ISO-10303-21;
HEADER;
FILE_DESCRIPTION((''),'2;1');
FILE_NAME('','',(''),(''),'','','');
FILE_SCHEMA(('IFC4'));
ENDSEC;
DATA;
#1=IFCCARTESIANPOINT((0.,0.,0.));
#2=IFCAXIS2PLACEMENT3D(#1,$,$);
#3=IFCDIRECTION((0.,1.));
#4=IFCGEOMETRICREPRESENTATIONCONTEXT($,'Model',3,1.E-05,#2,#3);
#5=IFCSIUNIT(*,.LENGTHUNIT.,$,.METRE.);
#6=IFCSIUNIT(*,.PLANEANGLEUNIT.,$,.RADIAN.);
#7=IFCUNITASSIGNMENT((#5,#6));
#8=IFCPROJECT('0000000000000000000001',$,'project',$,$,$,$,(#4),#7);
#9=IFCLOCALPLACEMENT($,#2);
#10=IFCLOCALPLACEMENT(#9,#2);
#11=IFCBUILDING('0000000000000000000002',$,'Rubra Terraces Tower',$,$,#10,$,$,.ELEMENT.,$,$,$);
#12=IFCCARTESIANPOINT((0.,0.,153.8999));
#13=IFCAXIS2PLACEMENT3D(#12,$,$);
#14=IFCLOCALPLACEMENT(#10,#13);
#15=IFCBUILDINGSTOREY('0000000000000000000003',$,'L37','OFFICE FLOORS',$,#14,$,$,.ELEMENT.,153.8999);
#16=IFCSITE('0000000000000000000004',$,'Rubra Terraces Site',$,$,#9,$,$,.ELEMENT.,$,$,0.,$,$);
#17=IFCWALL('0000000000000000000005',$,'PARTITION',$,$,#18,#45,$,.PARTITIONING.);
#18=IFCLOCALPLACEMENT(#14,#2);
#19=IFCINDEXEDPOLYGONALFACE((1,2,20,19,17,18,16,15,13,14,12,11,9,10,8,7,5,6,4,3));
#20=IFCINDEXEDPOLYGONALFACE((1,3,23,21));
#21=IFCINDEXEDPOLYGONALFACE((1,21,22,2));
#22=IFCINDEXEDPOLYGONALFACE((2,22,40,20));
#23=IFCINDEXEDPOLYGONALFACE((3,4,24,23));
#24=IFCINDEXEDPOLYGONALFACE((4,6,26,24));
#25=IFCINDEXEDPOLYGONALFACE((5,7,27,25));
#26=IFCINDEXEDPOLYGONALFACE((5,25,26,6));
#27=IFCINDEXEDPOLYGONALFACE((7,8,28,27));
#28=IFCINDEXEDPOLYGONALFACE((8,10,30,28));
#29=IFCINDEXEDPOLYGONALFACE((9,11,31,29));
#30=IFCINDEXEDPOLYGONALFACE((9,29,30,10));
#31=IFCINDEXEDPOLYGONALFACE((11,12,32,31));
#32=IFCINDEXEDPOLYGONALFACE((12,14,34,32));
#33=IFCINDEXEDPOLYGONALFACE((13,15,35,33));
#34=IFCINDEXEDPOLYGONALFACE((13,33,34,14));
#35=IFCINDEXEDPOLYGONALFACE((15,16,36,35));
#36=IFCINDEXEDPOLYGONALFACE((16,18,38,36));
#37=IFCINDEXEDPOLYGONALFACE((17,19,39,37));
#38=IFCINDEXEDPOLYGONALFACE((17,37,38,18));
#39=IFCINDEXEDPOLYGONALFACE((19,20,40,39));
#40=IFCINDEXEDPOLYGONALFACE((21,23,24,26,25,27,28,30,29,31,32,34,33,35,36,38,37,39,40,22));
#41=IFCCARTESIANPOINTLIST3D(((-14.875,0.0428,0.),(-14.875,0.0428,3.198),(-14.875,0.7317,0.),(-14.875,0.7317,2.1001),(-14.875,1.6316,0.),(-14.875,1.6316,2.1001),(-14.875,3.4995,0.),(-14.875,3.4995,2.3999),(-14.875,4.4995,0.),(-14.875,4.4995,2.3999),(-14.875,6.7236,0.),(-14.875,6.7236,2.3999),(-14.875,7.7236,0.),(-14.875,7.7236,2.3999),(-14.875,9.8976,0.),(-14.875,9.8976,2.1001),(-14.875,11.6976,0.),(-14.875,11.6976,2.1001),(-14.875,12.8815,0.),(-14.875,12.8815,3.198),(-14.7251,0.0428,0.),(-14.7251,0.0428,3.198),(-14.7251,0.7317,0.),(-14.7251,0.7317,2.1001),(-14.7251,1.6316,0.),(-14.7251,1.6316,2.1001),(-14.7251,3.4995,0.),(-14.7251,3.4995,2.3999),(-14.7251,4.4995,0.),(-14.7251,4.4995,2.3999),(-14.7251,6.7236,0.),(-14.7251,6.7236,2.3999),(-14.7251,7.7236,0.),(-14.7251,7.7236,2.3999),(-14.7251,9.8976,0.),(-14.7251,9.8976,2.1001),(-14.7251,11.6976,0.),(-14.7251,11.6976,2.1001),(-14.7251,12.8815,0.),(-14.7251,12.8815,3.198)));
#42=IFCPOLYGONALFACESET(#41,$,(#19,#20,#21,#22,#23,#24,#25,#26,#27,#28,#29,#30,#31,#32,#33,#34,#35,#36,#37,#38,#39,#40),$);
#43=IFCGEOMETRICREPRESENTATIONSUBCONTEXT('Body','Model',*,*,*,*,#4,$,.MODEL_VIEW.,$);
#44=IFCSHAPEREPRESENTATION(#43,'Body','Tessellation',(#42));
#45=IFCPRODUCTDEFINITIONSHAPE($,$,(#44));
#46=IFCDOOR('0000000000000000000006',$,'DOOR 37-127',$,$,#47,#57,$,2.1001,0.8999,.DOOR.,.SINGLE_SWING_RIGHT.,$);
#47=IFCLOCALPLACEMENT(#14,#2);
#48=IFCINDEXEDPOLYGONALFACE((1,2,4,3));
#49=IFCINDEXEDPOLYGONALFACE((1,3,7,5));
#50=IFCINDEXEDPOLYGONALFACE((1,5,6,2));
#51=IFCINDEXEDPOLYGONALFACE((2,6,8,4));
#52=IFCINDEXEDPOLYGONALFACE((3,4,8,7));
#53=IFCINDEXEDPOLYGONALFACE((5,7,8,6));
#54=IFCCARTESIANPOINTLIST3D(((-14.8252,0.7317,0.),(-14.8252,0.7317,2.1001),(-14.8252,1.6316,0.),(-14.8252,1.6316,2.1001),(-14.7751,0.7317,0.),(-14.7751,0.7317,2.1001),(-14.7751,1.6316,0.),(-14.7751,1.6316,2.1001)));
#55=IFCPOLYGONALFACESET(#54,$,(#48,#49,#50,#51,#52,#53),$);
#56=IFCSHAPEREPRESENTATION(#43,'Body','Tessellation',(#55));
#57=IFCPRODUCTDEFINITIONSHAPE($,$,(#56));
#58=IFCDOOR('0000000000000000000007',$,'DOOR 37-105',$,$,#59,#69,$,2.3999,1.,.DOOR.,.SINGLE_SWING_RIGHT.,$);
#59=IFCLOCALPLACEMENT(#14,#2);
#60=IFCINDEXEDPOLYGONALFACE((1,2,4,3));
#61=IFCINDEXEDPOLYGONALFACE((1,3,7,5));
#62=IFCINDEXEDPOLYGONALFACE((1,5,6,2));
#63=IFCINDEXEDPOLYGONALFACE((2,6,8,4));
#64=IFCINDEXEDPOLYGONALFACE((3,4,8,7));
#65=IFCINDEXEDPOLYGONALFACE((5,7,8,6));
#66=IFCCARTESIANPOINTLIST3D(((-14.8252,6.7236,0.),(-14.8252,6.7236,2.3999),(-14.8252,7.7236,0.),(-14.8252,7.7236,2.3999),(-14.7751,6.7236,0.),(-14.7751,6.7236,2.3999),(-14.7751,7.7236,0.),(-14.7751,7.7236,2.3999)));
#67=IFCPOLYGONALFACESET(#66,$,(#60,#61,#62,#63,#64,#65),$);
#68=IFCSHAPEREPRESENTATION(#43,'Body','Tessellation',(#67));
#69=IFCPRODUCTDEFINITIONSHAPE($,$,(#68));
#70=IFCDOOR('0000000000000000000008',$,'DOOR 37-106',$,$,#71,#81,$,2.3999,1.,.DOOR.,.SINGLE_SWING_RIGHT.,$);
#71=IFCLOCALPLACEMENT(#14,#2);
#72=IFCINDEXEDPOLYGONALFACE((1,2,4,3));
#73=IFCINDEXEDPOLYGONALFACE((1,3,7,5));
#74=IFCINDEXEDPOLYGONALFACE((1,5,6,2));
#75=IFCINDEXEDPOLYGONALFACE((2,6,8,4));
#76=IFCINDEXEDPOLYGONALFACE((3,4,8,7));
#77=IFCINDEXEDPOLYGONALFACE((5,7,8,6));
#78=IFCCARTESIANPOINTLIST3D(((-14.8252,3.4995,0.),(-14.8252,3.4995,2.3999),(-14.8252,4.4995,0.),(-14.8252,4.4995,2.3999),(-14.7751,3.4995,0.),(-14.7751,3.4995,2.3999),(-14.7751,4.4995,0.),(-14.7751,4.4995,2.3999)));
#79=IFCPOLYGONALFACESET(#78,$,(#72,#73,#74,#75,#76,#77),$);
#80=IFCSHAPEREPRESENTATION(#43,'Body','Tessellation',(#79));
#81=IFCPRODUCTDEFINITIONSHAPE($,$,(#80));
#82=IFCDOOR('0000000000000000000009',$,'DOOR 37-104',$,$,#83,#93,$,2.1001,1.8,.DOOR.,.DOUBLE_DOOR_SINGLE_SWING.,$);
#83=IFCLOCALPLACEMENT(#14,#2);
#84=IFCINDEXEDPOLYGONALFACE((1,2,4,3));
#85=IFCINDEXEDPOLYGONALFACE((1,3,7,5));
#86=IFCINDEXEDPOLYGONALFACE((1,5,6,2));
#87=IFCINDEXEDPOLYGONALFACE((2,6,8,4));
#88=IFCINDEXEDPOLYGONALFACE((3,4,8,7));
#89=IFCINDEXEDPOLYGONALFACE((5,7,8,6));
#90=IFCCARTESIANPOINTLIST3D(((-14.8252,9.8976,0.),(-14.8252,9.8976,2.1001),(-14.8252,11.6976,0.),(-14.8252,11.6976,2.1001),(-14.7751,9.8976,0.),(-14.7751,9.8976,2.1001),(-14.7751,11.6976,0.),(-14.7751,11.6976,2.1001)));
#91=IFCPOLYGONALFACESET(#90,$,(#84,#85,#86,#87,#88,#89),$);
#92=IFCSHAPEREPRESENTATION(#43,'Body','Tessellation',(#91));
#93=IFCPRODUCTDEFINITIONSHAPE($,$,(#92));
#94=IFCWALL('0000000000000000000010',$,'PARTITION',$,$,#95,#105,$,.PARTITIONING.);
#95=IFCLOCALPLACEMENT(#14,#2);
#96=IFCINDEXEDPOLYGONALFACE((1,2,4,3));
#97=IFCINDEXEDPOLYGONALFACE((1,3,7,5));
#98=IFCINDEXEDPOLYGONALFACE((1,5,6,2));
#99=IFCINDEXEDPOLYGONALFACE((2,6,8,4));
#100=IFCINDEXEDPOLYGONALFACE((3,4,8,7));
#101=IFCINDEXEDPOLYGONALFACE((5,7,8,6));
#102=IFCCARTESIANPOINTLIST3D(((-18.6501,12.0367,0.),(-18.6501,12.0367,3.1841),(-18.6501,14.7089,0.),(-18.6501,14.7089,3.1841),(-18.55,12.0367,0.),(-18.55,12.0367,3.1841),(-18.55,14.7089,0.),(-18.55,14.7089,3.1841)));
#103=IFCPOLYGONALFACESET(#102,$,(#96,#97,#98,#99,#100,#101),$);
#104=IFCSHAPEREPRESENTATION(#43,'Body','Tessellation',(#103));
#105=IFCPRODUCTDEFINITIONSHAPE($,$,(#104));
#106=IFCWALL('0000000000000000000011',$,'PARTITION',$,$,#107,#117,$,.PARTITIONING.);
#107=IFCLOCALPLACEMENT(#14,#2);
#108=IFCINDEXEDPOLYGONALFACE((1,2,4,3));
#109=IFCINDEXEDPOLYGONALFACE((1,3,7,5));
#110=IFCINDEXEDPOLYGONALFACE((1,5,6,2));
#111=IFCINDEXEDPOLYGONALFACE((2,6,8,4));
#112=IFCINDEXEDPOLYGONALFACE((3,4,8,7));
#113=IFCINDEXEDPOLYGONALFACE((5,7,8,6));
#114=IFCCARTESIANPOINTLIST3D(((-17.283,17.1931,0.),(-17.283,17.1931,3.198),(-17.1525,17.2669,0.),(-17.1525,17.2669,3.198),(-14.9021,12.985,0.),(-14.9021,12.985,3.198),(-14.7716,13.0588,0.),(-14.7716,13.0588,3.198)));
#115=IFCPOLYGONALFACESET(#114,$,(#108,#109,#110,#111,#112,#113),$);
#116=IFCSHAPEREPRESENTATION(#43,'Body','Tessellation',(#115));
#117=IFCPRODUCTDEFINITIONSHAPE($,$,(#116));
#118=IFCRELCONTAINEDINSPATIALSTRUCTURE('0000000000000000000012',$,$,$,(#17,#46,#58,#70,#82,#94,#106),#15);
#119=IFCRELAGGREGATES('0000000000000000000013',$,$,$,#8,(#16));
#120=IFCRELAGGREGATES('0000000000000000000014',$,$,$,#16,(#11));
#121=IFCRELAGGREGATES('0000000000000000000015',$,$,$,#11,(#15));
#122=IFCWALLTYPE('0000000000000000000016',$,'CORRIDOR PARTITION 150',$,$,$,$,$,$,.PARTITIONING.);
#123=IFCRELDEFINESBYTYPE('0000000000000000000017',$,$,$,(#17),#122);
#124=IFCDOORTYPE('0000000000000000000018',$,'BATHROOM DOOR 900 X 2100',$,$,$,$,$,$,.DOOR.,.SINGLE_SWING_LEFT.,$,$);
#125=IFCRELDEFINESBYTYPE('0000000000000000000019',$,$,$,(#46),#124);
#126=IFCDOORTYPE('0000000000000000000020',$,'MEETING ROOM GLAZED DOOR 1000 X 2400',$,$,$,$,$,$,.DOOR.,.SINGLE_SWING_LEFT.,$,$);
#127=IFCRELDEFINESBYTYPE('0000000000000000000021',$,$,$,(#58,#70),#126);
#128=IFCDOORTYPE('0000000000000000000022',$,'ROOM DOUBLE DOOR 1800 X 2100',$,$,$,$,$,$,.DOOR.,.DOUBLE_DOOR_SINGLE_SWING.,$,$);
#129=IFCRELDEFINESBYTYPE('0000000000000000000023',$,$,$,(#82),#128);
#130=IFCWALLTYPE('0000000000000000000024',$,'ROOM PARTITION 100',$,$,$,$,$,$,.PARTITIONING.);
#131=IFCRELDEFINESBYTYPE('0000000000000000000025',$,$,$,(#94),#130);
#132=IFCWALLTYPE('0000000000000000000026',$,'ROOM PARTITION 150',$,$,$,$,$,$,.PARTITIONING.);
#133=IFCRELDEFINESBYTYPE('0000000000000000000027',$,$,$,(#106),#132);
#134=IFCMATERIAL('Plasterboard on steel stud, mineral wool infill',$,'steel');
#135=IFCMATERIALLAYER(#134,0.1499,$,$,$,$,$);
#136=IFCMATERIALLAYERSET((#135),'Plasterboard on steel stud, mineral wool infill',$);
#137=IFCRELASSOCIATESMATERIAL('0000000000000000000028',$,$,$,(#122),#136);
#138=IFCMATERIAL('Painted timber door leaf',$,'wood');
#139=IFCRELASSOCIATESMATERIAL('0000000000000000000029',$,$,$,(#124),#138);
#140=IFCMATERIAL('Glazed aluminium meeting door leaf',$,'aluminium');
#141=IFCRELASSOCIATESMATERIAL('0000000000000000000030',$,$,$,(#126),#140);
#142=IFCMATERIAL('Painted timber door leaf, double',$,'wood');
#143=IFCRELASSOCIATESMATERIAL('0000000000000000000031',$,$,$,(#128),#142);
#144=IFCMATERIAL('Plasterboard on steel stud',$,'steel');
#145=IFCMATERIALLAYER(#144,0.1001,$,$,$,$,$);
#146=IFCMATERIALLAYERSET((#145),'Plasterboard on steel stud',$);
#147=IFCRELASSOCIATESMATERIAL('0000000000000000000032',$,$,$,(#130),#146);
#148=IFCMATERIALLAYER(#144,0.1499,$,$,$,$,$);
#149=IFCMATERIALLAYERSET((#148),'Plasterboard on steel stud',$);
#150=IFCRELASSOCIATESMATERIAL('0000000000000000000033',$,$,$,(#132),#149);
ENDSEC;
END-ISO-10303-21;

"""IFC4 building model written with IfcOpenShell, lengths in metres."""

from ifc_helpers import new_model, si_unit, direction, frame, frame_2d, origin, place, context, subcontext, project, spatial, rectangle, extrude, material, layer, layer_set, type_object, element, fill, save


model = new_model("IFC4")

# Units and contexts
model_context = context("Model", 3, precision=1e-05, world=origin(), true_north=direction((0.0, 1.0)))
body_context = subcontext(model_context, "Body", "Model", "MODEL_VIEW")
ifc_project = project(units=[si_unit("LENGTHUNIT", "METRE"), si_unit("PLANEANGLEUNIT", "RADIAN")], contexts=[model_context])

# Site, building, storey
site_placement = place(None, origin())
site = spatial("IfcSite", under=ifc_project, at=site_placement, Name="Rubra Terraces Site", CompositionType="ELEMENT", RefElevation=0.0)
building_placement = place(site_placement, origin())
building = spatial("IfcBuilding", under=site, at=building_placement, Name="Rubra Terraces Tower", CompositionType="ELEMENT")
storey_placement = place(building_placement, frame((0.0, 0.0, 153.8999)))
storey = spatial("IfcBuildingStorey", under=building, at=storey_placement, Name="L37", Description="OFFICE FLOORS", CompositionType="ELEMENT", Elevation=153.8999)

# Shared definitions
ifc_material_1 = material(Name="Plasterboard on steel stud, mineral wool infill", Category="steel")
ifc_layer_1 = layer(ifc_material_1, 0.1499)
ifc_layer_set_1 = layer_set([ifc_layer_1], Name="Plasterboard on steel stud, mineral wool infill")
wall_type_1 = type_object("IfcWallType", Name="CORRIDOR PARTITION 150", PredefinedType="PARTITIONING", material=ifc_layer_set_1)

# Wall, openings, doors
wall_1_placement = place(storey_placement, frame((-14.8, 12.8816, 0.0), z_axis=(0.0, 0.0, 1.0), x_axis=(0.0, -1.0, 0.0)))
wall_1 = element("IfcWall", 1, at=wall_1_placement, inside=storey, type_object=wall_type_1, Name="PARTITION", PredefinedType="PARTITIONING", context=body_context, shape_type="SweptSolid", body=[
    extrude(rectangle(XDim=12.8386, YDim=0.1499, at=frame_2d((6.4194, 0.0))), origin(), (0.0, 0.0, 1.0), 3.198),
])
opening_1_placement = place(wall_1_placement, frame((1.1841, 0.0, 0.0)))
opening_1 = element("IfcOpeningElement", 2, at=opening_1_placement, cuts=wall_1, PredefinedType="OPENING", context=body_context, shape_type="SweptSolid", body=[
    extrude(rectangle(XDim=1.8, YDim=2.1001, at=frame_2d((0.8999, 1.05))), frame((0.0, 0.085, 0.0), z_axis=(0.0, -1.0, 0.0), x_axis=(1.0, 0.0, 0.0)), (0.0, 0.0, 1.0), 0.1699),
])
opening_2_placement = place(wall_1_placement, frame((5.158, 0.0, 0.0)))
opening_2 = element("IfcOpeningElement", 3, at=opening_2_placement, cuts=wall_1, PredefinedType="OPENING", context=body_context, shape_type="SweptSolid", body=[
    extrude(rectangle(XDim=1.0, YDim=2.3999, at=frame_2d((0.5, 1.2))), frame((0.0, 0.085, 0.0), z_axis=(0.0, -1.0, 0.0), x_axis=(1.0, 0.0, 0.0)), (0.0, 0.0, 1.0), 0.1699),
])
opening_3_placement = place(wall_1_placement, frame((8.3821, 0.0, 0.0)))
opening_3 = element("IfcOpeningElement", 4, at=opening_3_placement, cuts=wall_1, PredefinedType="OPENING", context=body_context, shape_type="SweptSolid", body=[
    extrude(rectangle(XDim=1.0, YDim=2.3999, at=frame_2d((0.5, 1.2))), frame((0.0, 0.085, 0.0), z_axis=(0.0, -1.0, 0.0), x_axis=(1.0, 0.0, 0.0)), (0.0, 0.0, 1.0), 0.1699),
])
opening_4_placement = place(wall_1_placement, frame((11.25, 0.0, 0.0)))
opening_4 = element("IfcOpeningElement", 5, at=opening_4_placement, cuts=wall_1, PredefinedType="OPENING", context=body_context, shape_type="SweptSolid", body=[
    extrude(rectangle(XDim=0.8999, YDim=2.1001, at=frame_2d((0.45, 1.05))), frame((0.0, 0.085, 0.0), z_axis=(0.0, -1.0, 0.0), x_axis=(1.0, 0.0, 0.0)), (0.0, 0.0, 1.0), 0.1699),
])
ifc_material_2 = material(Name="Painted timber door leaf", Category="wood")
door_type_1 = type_object("IfcDoorType", Name="BATHROOM DOOR 900 X 2100", OperationType="SINGLE_SWING_LEFT", PredefinedType="DOOR", material=ifc_material_2)
door_1_placement = place(opening_4_placement, origin())
door_1 = element("IfcDoor", 6, at=door_1_placement, inside=storey, type_object=door_type_1, Name="DOOR 37-127", OperationType="SINGLE_SWING_RIGHT", OverallHeight=2.1001, OverallWidth=0.8999, PredefinedType="DOOR", context=body_context, shape_type="SweptSolid", body=[
    extrude(rectangle(XDim=0.8999, YDim=2.1001, at=frame_2d((0.45, 1.05))), frame((0.0, 0.0249, 0.0), z_axis=(0.0, -1.0, 0.0), x_axis=(1.0, 0.0, 0.0)), (0.0, 0.0, 1.0), 0.05),
])
fill(opening_4, door_1)
ifc_material_3 = material(Name="Glazed aluminium meeting door leaf", Category="aluminium")
door_type_2 = type_object("IfcDoorType", Name="MEETING ROOM GLAZED DOOR 1000 X 2400", OperationType="SINGLE_SWING_LEFT", PredefinedType="DOOR", material=ifc_material_3)
door_2_placement = place(opening_2_placement, origin())
door_2 = element("IfcDoor", 7, at=door_2_placement, inside=storey, type_object=door_type_2, Name="DOOR 37-105", OperationType="SINGLE_SWING_RIGHT", OverallHeight=2.3999, OverallWidth=1.0, PredefinedType="DOOR", context=body_context, shape_type="SweptSolid", body=[
    extrude(rectangle(XDim=1.0, YDim=2.3999, at=frame_2d((0.5, 1.2))), frame((0.0, 0.0249, 0.0), z_axis=(0.0, -1.0, 0.0), x_axis=(1.0, 0.0, 0.0)), (0.0, 0.0, 1.0), 0.05),
])
fill(opening_2, door_2)
door_3_placement = place(opening_3_placement, origin())
door_3 = element("IfcDoor", 8, at=door_3_placement, inside=storey, type_object=door_type_2, Name="DOOR 37-106", OperationType="SINGLE_SWING_RIGHT", OverallHeight=2.3999, OverallWidth=1.0, PredefinedType="DOOR", context=body_context, shape_type="SweptSolid", body=[
    extrude(rectangle(XDim=1.0, YDim=2.3999, at=frame_2d((0.5, 1.2))), frame((0.0, 0.0249, 0.0), z_axis=(0.0, -1.0, 0.0), x_axis=(1.0, 0.0, 0.0)), (0.0, 0.0, 1.0), 0.05),
])
fill(opening_3, door_3)
ifc_material_4 = material(Name="Painted timber door leaf, double", Category="wood")
door_type_3 = type_object("IfcDoorType", Name="ROOM DOUBLE DOOR 1800 X 2100", OperationType="DOUBLE_DOOR_SINGLE_SWING", PredefinedType="DOOR", material=ifc_material_4)
door_4_placement = place(opening_1_placement, origin())
door_4 = element("IfcDoor", 9, at=door_4_placement, inside=storey, type_object=door_type_3, Name="DOOR 37-104", OperationType="DOUBLE_DOOR_SINGLE_SWING", OverallHeight=2.1001, OverallWidth=1.8, PredefinedType="DOOR", context=body_context, shape_type="SweptSolid", body=[
    extrude(rectangle(XDim=1.8, YDim=2.1001, at=frame_2d((0.8999, 1.05))), frame((0.0, 0.0249, 0.0), z_axis=(0.0, -1.0, 0.0), x_axis=(1.0, 0.0, 0.0)), (0.0, 0.0, 1.0), 0.05),
])
fill(opening_1, door_4)

# Walls
ifc_material_5 = material(Name="Plasterboard on steel stud", Category="steel")
ifc_layer_2 = layer(ifc_material_5, 0.1001)
ifc_layer_set_2 = layer_set([ifc_layer_2], Name="Plasterboard on steel stud")
wall_type_2 = type_object("IfcWallType", Name="ROOM PARTITION 100", PredefinedType="PARTITIONING", material=ifc_layer_set_2)
wall_2_placement = place(storey_placement, frame((-18.6001, 12.0369, 0.0), z_axis=(0.0, 0.0, 1.0), x_axis=(0.0, 1.0, 0.0)))
element("IfcWall", 10, at=wall_2_placement, inside=storey, type_object=wall_type_2, Name="PARTITION", PredefinedType="PARTITIONING", context=body_context, shape_type="SweptSolid", body=[
    extrude(rectangle(XDim=2.6721, YDim=0.1001, at=frame_2d((1.3359, 0.0))), origin(), (0.0, 0.0, 1.0), 3.1841),
])
ifc_layer_3 = layer(ifc_material_5, 0.1499)
ifc_layer_set_3 = layer_set([ifc_layer_3], Name="Plasterboard on steel stud")
wall_type_3 = type_object("IfcWallType", Name="ROOM PARTITION 150", PredefinedType="PARTITIONING", material=ifc_layer_set_3)
wall_3_placement = place(storey_placement, frame((-17.2178, 17.23, 0.0), z_axis=(0.0, 0.0, 1.0), x_axis=(0.492437, -0.870348, 0.0)))
element("IfcWall", 11, at=wall_3_placement, inside=storey, type_object=wall_type_3, Name="PARTITION", PredefinedType="PARTITIONING", context=body_context, shape_type="SweptSolid", body=[
    extrude(rectangle(XDim=4.835, YDim=0.1499, at=frame_2d((2.4175, 0.0))), origin(), (0.0, 0.0, 1.0), 3.198),
])

save(model, "model.ifc")
